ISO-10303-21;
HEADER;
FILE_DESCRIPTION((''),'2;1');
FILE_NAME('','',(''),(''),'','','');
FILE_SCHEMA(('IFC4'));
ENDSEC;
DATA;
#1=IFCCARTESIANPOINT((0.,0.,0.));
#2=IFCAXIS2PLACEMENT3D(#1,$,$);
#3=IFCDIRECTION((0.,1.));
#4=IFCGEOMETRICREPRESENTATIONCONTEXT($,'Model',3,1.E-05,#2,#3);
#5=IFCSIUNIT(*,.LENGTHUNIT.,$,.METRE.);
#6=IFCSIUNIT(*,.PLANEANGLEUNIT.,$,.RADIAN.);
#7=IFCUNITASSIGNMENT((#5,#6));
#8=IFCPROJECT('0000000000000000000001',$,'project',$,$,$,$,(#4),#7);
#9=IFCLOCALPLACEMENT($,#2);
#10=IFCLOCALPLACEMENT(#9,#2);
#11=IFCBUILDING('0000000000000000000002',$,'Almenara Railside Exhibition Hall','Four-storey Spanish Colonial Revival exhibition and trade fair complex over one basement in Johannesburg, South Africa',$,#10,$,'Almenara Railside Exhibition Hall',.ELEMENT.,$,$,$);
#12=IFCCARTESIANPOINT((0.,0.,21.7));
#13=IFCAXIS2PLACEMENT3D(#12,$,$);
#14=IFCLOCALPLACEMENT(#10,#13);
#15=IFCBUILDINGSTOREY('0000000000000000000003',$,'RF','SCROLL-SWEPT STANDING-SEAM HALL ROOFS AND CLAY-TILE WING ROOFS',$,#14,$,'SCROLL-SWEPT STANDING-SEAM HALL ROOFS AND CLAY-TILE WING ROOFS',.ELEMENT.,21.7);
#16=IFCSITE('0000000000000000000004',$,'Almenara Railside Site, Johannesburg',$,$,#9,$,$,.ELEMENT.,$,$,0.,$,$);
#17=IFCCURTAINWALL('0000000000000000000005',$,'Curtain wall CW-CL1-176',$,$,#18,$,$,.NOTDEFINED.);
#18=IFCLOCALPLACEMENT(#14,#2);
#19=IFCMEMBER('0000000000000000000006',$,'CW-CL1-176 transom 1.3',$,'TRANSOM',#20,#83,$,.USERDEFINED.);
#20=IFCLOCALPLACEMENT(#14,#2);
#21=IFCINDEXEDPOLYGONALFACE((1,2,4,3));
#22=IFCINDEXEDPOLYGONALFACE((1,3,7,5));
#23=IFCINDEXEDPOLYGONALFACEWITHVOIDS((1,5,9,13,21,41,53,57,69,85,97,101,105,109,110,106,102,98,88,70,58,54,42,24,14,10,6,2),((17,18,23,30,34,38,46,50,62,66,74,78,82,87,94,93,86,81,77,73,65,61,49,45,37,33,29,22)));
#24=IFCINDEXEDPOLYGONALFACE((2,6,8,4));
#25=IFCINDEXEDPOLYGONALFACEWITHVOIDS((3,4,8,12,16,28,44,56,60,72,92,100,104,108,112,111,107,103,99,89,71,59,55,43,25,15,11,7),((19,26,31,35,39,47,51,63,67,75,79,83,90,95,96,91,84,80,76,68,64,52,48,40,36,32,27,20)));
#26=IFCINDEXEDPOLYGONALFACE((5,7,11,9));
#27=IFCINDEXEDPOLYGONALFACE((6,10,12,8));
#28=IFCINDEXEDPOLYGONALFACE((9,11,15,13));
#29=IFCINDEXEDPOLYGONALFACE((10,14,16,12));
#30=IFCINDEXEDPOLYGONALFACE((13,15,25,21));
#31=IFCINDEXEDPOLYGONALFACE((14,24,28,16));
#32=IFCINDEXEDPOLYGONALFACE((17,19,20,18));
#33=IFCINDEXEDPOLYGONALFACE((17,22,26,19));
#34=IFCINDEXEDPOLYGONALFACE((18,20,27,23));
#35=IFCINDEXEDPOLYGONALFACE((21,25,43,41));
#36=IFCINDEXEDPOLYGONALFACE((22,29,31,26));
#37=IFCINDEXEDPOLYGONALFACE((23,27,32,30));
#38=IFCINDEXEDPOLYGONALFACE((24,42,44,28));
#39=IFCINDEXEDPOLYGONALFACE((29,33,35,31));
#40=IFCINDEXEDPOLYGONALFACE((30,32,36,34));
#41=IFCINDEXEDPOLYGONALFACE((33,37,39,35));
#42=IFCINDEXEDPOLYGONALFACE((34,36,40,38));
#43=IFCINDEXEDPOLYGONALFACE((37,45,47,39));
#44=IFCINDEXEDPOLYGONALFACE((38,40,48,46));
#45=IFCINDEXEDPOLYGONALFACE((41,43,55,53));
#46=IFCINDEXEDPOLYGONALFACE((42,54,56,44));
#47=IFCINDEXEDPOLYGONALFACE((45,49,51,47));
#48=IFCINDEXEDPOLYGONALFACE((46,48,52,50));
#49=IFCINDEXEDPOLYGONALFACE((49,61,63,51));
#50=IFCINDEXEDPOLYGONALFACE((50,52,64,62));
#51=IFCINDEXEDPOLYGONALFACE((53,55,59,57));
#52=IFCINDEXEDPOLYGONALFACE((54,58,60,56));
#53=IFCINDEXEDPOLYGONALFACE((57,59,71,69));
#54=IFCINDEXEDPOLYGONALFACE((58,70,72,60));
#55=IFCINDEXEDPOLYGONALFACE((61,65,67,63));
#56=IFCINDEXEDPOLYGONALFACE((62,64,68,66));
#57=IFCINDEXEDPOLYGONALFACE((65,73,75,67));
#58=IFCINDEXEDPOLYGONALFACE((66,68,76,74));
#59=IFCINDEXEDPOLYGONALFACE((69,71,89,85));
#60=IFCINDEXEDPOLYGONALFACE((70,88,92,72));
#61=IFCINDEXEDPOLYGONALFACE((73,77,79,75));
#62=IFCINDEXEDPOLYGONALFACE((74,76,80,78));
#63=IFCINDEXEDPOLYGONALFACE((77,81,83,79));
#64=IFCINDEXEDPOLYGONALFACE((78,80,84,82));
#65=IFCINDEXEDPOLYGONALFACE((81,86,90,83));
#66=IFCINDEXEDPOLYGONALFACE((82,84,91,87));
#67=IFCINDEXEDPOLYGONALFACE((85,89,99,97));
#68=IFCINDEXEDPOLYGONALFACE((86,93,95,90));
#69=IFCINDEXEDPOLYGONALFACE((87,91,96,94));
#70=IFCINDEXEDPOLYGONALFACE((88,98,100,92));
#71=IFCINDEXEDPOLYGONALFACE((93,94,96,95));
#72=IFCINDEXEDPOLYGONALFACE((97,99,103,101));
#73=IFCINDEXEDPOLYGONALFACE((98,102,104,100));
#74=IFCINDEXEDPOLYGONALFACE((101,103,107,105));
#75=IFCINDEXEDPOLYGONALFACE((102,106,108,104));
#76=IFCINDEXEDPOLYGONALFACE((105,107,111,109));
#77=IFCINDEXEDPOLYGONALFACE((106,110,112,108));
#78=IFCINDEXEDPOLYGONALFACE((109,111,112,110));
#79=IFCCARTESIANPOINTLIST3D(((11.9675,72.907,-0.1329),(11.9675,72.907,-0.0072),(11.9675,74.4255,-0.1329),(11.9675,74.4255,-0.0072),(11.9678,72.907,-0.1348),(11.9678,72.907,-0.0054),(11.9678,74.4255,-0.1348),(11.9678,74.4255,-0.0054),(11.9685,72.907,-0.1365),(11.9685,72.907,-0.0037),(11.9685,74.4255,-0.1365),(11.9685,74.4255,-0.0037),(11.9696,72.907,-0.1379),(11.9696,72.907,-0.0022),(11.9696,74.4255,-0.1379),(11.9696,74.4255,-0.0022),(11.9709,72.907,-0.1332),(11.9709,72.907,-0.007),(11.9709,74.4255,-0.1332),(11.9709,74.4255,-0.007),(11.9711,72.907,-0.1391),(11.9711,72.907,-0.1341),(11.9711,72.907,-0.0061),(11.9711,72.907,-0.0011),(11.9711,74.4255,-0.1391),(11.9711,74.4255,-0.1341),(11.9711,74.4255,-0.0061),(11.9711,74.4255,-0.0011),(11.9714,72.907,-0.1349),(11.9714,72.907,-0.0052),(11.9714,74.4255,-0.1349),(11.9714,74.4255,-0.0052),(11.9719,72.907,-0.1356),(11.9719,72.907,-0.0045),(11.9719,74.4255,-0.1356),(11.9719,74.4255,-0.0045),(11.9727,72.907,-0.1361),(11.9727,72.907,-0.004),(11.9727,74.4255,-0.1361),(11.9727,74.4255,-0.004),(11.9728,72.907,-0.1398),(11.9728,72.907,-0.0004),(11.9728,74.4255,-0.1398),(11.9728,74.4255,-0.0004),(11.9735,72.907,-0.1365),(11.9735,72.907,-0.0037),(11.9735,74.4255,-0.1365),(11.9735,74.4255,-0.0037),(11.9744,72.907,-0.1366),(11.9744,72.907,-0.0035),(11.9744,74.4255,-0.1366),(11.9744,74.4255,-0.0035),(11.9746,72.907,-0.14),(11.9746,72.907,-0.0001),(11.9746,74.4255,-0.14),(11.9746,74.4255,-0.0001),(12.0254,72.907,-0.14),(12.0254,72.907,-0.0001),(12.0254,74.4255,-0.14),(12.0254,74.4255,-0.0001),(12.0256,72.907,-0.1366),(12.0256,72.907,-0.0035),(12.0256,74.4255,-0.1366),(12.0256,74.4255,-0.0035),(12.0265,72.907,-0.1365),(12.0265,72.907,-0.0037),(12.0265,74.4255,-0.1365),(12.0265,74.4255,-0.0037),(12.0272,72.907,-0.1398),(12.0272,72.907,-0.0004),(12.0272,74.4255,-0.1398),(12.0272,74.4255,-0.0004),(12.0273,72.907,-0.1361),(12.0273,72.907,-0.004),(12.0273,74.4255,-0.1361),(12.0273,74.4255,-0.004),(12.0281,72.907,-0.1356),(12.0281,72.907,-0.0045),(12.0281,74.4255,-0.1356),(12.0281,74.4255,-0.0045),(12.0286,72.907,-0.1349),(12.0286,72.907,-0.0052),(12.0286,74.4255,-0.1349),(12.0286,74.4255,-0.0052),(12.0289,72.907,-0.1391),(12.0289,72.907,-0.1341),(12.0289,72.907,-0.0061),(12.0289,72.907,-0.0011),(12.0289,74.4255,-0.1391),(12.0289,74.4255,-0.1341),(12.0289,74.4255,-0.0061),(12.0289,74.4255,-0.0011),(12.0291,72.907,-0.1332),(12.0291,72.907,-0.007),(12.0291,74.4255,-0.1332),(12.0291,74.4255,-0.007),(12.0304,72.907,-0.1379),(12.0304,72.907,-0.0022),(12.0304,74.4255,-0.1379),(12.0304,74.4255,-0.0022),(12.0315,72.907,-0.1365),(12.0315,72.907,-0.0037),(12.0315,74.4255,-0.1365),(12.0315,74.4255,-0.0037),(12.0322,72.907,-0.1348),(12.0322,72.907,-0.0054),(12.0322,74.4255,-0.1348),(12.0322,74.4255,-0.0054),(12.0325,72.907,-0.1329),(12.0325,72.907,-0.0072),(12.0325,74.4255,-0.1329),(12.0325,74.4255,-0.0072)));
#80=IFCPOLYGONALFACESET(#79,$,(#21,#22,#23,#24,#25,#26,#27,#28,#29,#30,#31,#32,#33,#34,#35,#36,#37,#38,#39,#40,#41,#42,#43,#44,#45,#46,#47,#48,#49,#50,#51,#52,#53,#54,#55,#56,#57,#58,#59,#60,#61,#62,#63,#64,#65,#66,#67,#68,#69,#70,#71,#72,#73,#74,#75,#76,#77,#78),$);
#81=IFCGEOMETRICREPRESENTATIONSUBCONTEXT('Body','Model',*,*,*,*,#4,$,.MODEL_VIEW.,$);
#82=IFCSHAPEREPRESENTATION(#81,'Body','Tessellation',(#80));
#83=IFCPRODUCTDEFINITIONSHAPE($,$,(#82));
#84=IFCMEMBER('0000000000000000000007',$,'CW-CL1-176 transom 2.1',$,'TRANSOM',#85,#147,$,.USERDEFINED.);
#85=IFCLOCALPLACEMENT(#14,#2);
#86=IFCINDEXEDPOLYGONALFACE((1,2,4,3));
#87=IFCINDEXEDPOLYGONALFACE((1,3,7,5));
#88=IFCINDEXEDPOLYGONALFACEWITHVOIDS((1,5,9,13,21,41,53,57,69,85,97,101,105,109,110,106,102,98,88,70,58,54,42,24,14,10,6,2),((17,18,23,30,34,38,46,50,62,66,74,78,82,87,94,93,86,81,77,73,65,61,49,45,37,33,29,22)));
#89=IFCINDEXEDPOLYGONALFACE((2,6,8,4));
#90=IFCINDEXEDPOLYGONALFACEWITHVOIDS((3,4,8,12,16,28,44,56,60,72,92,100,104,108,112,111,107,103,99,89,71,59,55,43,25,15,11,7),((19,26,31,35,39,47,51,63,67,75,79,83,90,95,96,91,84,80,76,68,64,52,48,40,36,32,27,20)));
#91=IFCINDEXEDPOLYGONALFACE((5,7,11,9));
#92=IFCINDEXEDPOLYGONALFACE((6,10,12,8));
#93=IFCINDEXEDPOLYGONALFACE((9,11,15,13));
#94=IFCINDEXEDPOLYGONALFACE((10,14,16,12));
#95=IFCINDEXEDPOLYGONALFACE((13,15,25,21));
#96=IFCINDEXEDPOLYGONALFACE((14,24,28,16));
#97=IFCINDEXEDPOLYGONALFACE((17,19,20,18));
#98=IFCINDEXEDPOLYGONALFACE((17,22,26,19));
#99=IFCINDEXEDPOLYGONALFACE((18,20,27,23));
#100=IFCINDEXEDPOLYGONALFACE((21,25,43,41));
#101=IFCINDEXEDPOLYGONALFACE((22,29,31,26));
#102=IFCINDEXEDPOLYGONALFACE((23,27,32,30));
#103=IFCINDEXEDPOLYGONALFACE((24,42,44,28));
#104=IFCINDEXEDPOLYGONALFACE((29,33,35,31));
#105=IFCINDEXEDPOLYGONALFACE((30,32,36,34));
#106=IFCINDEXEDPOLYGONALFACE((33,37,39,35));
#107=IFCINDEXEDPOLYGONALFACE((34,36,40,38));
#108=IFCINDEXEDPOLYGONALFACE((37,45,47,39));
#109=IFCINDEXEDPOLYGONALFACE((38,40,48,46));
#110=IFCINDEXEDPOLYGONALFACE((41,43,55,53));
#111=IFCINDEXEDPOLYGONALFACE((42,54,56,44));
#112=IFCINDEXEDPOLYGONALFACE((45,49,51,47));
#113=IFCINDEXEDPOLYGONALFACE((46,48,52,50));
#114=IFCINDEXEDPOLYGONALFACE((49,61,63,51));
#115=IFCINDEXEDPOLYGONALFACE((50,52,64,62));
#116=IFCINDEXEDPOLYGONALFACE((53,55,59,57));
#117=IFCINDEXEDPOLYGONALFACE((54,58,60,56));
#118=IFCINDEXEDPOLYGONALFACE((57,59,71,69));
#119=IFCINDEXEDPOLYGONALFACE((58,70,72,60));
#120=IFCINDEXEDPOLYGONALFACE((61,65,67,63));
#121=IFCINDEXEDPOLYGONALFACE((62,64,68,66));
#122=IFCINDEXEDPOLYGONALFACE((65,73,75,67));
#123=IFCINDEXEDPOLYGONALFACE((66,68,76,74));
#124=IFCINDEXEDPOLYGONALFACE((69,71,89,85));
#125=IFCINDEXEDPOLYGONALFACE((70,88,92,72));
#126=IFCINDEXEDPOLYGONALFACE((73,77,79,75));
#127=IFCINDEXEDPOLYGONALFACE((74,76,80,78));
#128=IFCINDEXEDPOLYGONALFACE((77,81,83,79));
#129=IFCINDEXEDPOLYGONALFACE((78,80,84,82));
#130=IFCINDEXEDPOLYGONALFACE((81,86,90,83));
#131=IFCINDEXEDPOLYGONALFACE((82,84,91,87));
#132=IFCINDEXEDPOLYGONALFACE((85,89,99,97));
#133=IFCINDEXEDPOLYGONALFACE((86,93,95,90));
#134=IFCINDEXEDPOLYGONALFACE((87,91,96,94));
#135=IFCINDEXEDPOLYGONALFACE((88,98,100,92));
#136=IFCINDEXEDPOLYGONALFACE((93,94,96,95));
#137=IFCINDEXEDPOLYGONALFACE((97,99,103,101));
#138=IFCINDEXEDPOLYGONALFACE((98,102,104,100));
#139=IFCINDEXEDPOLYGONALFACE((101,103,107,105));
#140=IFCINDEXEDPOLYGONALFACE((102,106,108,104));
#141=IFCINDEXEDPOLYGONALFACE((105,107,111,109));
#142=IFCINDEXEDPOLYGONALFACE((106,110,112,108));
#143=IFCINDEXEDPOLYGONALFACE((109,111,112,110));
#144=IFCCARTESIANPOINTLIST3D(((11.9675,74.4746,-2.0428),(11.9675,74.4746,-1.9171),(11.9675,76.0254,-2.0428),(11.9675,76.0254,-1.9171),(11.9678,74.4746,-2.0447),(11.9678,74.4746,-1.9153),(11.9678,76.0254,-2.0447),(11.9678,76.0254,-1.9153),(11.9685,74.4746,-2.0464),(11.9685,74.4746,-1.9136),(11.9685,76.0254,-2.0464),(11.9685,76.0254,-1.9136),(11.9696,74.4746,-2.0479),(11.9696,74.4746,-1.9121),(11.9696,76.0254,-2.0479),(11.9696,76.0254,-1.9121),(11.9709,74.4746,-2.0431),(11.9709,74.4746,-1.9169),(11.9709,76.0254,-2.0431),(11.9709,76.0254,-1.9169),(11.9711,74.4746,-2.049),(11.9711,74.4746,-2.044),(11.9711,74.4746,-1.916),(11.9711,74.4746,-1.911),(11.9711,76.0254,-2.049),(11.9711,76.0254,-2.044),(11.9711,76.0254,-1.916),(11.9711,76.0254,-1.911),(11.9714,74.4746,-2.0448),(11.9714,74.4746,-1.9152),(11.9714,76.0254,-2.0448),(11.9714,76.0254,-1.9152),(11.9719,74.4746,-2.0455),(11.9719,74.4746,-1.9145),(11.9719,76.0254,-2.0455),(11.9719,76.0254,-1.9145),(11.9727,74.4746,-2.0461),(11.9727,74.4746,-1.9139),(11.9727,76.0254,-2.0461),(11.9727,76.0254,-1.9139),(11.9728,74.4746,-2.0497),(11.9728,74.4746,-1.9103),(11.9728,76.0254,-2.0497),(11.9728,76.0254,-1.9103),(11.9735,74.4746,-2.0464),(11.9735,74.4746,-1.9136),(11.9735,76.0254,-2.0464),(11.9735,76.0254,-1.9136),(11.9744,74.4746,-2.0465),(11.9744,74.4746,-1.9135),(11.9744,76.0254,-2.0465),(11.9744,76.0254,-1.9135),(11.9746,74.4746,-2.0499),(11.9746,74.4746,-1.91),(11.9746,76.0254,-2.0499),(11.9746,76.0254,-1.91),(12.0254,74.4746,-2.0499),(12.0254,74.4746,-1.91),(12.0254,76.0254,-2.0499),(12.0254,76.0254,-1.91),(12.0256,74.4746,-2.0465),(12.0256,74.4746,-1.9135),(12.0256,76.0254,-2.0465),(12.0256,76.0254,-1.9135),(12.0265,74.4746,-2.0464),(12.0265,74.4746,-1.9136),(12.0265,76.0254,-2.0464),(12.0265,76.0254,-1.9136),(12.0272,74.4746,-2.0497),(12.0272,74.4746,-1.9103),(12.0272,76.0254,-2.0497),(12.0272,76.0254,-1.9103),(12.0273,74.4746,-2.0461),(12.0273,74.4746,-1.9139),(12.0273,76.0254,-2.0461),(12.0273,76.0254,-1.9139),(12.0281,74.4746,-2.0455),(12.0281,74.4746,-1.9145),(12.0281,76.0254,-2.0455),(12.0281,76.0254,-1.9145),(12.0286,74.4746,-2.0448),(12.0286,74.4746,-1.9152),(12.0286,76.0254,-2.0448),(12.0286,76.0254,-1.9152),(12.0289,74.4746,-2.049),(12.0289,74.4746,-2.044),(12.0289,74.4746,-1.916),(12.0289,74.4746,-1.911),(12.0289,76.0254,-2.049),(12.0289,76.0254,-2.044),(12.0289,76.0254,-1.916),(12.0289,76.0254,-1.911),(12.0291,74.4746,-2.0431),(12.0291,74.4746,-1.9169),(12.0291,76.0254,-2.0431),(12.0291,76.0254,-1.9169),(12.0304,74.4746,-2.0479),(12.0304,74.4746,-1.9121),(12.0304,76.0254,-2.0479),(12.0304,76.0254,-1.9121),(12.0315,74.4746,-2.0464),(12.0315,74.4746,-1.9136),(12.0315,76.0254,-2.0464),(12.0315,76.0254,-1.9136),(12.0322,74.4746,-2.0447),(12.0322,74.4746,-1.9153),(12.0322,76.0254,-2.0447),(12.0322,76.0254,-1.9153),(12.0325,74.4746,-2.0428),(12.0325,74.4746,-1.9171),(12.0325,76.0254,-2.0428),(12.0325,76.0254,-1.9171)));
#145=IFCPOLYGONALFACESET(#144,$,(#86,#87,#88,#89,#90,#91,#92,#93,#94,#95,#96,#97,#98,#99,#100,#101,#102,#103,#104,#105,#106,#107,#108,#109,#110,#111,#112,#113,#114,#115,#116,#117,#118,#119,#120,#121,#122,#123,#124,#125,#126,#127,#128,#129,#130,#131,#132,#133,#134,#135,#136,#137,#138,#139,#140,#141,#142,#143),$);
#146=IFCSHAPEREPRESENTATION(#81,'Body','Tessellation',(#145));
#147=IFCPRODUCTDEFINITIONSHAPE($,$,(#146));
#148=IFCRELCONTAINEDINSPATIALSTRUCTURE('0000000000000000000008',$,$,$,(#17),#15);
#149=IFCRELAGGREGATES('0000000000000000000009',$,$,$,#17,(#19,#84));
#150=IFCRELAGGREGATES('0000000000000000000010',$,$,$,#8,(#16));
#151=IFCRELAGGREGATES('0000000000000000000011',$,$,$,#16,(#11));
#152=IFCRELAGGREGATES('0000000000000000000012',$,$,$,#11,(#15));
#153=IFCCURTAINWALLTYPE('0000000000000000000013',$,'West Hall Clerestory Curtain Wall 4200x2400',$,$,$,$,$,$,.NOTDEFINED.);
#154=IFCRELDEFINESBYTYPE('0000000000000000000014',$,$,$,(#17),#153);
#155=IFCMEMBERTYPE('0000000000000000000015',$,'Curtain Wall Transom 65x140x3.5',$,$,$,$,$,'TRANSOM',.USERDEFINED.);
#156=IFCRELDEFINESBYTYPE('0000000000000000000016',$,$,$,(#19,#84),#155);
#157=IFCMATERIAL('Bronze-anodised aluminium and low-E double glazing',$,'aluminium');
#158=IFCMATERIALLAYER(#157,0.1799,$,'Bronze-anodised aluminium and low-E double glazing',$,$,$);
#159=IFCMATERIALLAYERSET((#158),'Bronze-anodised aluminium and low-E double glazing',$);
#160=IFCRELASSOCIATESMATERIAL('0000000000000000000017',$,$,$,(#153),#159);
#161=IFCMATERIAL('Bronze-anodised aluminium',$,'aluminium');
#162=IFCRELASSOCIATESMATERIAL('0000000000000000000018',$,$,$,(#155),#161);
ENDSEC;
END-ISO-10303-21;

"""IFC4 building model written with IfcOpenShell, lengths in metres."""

from ifc_helpers import new_model, si_unit, direction, frame, origin, origin_2d, place, context, subcontext, project, spatial, hollow_rectangle, extrude, material, layer, layer_set, material_profile, profile_set, type_object, element, aggregate, save


model = new_model("IFC4")

# Units and contexts
model_context = context("Model", 3, precision=1e-05, world=origin(), true_north=direction((0.0, 1.0)))
body_context = subcontext(model_context, "Body", "Model", "MODEL_VIEW")
ifc_project = project(units=[si_unit("LENGTHUNIT", "METRE"), si_unit("PLANEANGLEUNIT", "RADIAN")], contexts=[model_context])

# Site, building, storey
site_placement = place(None, origin())
site = spatial("IfcSite", under=ifc_project, at=site_placement, Name="Almenara Railside Site, Johannesburg", CompositionType="ELEMENT", RefElevation=0.0)
building_placement = place(site_placement, origin())
building = spatial("IfcBuilding", under=site, at=building_placement, Name="Almenara Railside Exhibition Hall", Description="Four-storey Spanish Colonial Revival exhibition and trade fair complex over one basement in Johannesburg, South Africa", LongName="Almenara Railside Exhibition Hall", CompositionType="ELEMENT")
storey_placement = place(building_placement, frame((0.0, 0.0, 21.7)))
storey = spatial("IfcBuildingStorey", under=building, at=storey_placement, Name="RF", Description="SCROLL-SWEPT STANDING-SEAM HALL ROOFS AND CLAY-TILE WING ROOFS", LongName="SCROLL-SWEPT STANDING-SEAM HALL ROOFS AND CLAY-TILE WING ROOFS", CompositionType="ELEMENT", Elevation=21.7)

# Curtain wall, members
ifc_material_1 = material(Name="Bronze-anodised aluminium and low-E double glazing", Category="aluminium")
ifc_layer_1 = layer(ifc_material_1, 0.1799, Name="Bronze-anodised aluminium and low-E double glazing")
ifc_layer_set_1 = layer_set([ifc_layer_1], Name="Bronze-anodised aluminium and low-E double glazing")
curtain_wall_type = type_object("IfcCurtainWallType", Name="West Hall Clerestory Curtain Wall 4200x2400", PredefinedType="NOTDEFINED", material=ifc_layer_set_1)
curtain_wall_placement = place(storey_placement, origin())
curtain_wall = element("IfcCurtainWall", 1, at=curtain_wall_placement, inside=storey, type_object=curtain_wall_type, Name="Curtain wall CW-CL1-176", PredefinedType="NOTDEFINED")
ifc_material_2 = material(Name="Bronze-anodised aluminium", Category="aluminium")
ifc_material_profile_1 = material_profile(ifc_material_2, hollow_rectangle(XDim=0.0649, YDim=0.1399, WallThickness=0.0034, InnerFilletRadius=0.0034, OuterFilletRadius=0.0071, at=origin_2d()), Name="ALU-TRN 65x140x3.5")
ifc_profile_set_1 = profile_set([ifc_material_profile_1], Name="Bronze-anodised aluminium")
member_type_1 = type_object("IfcMemberType", Name="Curtain Wall Transom 65x140x3.5", ElementType="TRANSOM", PredefinedType="USERDEFINED", material=ifc_profile_set_1)
member_1_placement = place(storey_placement, frame((12.0, 72.907, -0.0701), z_axis=(0.0, 1.0, 0.0), x_axis=(-1.0, 0.0, 0.0)))
member_1 = element("IfcMember", 2, at=member_1_placement, type_object=member_type_1, Name="CW-CL1-176 transom 1.3", ObjectType="TRANSOM", PredefinedType="USERDEFINED", context=body_context, shape_type="SweptSolid", body=[
    extrude(hollow_rectangle(XDim=0.0649, YDim=0.1399, WallThickness=0.0034, InnerFilletRadius=0.0034, OuterFilletRadius=0.0071, at=origin_2d()), origin(), (0.0, 0.0, 1.0), 1.5186),
])
member_2_placement = place(storey_placement, frame((12.0, 74.4746, -1.98), z_axis=(0.0, 1.0, 0.0), x_axis=(-1.0, 0.0, 0.0)))
member_2 = element("IfcMember", 3, at=member_2_placement, type_object=member_type_1, Name="CW-CL1-176 transom 2.1", ObjectType="TRANSOM", PredefinedType="USERDEFINED", context=body_context, shape_type="SweptSolid", body=[
    extrude(hollow_rectangle(XDim=0.0649, YDim=0.1399, WallThickness=0.0034, InnerFilletRadius=0.0034, OuterFilletRadius=0.0071, at=origin_2d()), origin(), (0.0, 0.0, 1.0), 1.5508),
])

aggregate(curtain_wall, [member_1, member_2])

save(model, "model.ifc")
